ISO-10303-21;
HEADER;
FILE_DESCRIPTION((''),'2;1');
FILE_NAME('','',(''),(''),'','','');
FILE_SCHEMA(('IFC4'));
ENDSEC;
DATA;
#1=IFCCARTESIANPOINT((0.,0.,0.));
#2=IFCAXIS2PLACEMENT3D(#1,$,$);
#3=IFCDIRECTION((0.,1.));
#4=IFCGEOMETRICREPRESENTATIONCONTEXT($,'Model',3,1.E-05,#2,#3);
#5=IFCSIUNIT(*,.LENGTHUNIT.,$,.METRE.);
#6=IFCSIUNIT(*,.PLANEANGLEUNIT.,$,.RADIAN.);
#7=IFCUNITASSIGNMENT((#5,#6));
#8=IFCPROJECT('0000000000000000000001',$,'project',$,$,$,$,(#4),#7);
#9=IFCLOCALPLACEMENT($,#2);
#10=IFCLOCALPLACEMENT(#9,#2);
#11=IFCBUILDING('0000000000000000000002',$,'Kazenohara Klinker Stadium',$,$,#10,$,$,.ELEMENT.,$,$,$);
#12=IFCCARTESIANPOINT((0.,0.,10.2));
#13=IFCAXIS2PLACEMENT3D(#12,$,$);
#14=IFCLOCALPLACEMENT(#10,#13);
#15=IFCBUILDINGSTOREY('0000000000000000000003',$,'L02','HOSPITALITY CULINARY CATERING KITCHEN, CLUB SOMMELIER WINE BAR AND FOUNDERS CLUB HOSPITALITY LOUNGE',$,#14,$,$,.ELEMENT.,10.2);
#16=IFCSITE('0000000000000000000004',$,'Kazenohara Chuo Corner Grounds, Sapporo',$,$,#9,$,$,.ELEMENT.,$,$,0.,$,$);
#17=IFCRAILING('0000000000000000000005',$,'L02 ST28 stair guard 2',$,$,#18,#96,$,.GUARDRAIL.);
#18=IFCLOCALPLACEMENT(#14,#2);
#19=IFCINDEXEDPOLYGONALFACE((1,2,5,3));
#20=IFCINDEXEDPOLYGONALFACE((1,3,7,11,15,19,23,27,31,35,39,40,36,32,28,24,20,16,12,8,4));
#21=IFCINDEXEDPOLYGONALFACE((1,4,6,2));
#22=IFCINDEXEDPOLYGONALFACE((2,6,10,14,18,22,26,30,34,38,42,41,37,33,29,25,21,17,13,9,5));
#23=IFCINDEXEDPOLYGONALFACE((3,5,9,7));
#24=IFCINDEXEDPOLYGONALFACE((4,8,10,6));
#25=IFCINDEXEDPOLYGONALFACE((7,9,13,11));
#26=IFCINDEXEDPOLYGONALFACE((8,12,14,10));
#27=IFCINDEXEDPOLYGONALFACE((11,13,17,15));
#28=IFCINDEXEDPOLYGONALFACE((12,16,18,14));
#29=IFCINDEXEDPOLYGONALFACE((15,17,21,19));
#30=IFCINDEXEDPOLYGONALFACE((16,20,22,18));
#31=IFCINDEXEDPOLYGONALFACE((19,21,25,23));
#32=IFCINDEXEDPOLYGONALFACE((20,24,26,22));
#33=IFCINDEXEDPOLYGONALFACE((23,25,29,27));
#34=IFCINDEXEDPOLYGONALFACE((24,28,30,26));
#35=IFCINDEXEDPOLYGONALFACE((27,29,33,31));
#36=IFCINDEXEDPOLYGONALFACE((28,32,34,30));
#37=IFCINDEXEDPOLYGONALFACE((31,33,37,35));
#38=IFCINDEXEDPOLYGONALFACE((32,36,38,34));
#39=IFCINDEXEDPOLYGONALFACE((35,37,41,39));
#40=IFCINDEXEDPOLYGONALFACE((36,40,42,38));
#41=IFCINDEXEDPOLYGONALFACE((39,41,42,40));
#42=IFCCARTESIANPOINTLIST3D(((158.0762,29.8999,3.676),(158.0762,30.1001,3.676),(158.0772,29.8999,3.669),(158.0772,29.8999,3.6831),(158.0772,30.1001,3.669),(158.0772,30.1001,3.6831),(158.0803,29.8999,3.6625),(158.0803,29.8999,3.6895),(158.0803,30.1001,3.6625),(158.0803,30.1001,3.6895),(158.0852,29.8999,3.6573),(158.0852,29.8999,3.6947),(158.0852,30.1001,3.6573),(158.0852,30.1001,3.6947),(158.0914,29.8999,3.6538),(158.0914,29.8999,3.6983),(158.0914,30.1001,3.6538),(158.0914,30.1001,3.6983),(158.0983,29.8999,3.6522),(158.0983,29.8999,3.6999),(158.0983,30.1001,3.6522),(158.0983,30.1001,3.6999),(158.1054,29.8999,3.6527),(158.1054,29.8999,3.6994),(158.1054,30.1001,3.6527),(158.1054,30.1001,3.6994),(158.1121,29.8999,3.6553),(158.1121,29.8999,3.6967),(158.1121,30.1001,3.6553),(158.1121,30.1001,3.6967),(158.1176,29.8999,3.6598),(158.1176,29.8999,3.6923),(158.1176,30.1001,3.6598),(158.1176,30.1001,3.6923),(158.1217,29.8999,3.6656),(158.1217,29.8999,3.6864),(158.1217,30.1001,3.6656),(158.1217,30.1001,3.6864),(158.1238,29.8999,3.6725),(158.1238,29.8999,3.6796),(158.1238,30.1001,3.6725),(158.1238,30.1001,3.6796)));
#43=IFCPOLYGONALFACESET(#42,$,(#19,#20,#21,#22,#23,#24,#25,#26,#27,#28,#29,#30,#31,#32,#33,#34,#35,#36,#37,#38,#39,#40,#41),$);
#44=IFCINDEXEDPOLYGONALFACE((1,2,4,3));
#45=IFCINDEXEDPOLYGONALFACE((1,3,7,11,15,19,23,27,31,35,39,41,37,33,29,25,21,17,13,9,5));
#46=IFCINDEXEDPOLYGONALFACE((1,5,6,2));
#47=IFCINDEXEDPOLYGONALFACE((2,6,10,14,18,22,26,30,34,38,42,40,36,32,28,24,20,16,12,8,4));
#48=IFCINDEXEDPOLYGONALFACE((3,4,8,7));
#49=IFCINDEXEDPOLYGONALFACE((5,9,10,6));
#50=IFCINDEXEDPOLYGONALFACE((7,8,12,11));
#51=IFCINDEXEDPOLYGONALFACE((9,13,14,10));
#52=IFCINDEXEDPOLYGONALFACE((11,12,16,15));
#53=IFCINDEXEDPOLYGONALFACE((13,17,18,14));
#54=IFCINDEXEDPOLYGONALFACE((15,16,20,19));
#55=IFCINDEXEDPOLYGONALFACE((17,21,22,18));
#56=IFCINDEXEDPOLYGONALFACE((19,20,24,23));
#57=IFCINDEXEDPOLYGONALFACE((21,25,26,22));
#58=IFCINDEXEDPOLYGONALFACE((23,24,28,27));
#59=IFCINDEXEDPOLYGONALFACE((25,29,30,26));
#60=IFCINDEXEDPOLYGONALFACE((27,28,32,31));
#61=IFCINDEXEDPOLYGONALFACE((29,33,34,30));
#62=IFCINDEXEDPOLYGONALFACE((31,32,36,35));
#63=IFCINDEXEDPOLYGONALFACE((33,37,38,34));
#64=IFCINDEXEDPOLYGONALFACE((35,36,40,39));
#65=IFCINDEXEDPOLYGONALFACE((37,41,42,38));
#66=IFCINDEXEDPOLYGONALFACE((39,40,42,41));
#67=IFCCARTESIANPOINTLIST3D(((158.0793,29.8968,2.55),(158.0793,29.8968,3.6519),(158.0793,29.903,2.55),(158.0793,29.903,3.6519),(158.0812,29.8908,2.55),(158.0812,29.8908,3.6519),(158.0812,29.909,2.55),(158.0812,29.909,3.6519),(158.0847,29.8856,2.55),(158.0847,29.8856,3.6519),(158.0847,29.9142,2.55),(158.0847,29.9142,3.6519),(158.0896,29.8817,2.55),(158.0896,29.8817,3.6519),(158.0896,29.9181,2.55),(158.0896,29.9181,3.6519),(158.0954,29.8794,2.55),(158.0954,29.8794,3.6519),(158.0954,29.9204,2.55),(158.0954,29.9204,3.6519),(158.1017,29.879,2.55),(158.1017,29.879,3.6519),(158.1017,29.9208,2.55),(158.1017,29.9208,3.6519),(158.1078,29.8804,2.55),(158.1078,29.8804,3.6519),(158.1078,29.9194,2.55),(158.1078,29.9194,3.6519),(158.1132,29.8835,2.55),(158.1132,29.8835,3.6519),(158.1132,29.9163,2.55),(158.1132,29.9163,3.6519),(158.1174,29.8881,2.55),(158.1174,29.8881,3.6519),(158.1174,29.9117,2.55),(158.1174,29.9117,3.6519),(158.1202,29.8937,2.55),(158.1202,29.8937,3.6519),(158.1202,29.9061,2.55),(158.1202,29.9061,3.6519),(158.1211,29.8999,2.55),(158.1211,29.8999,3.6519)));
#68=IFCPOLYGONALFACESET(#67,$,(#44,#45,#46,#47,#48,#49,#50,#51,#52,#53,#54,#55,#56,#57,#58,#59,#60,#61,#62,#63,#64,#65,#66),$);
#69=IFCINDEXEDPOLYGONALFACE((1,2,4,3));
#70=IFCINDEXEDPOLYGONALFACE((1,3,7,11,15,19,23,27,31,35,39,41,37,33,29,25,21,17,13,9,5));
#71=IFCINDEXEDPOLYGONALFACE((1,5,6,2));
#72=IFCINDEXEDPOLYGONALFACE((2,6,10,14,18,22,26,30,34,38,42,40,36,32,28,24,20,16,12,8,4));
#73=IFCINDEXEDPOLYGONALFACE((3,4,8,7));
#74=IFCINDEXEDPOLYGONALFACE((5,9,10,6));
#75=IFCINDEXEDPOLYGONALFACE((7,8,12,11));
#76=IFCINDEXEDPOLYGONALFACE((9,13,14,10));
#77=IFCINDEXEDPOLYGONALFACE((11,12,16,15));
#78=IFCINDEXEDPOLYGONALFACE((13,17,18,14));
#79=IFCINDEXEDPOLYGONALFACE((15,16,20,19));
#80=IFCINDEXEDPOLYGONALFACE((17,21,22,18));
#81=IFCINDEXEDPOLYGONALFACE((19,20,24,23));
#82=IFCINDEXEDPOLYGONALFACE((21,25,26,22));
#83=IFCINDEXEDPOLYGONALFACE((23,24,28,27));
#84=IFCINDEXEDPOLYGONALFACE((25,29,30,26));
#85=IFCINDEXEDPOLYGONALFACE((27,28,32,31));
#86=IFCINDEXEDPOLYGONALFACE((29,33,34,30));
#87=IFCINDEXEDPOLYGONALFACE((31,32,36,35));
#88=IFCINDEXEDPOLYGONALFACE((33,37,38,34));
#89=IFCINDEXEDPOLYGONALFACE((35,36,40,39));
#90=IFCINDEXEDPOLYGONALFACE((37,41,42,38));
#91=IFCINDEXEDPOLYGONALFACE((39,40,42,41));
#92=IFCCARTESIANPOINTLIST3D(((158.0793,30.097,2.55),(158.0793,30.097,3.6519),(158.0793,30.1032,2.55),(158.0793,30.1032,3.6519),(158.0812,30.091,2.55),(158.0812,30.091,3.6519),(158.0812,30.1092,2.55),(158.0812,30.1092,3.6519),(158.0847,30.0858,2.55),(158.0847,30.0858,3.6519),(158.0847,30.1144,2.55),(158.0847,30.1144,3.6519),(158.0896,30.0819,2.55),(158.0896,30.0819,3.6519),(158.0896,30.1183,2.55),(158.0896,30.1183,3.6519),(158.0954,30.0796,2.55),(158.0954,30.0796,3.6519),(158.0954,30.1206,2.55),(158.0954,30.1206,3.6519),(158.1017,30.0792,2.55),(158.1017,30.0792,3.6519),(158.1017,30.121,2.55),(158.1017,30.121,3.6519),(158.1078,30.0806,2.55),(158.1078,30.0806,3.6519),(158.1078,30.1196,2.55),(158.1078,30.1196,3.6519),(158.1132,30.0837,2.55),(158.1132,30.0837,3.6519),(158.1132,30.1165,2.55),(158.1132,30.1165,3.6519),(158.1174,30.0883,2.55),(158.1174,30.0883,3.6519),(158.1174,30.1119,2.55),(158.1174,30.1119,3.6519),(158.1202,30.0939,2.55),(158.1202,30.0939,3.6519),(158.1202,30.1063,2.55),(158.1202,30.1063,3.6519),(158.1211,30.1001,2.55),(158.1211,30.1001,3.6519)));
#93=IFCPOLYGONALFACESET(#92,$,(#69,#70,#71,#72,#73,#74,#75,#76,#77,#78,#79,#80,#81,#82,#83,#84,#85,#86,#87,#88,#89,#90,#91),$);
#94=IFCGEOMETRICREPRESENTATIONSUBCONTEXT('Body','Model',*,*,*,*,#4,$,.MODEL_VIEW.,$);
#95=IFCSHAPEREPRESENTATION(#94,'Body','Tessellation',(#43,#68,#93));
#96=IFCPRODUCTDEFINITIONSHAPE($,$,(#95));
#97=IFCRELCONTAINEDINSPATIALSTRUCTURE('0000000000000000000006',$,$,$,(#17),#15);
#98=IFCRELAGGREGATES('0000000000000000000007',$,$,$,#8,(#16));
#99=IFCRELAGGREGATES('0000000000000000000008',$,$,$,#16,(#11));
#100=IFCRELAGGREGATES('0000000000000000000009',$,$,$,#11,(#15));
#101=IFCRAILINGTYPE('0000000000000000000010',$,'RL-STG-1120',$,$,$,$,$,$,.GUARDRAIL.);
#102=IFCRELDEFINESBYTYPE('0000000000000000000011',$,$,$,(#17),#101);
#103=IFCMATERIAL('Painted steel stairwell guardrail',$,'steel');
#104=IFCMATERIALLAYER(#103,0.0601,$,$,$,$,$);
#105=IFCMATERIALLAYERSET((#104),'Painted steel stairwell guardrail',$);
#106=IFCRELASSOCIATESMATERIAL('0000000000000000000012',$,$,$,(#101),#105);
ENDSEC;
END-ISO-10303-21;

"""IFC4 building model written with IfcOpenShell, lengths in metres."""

from ifc_helpers import new_model, si_unit, direction, frame, origin, origin_2d, place, context, subcontext, project, spatial, circle, extrude, material, layer, layer_set, type_object, element, save


model = new_model("IFC4")

# Units and contexts
model_context = context("Model", 3, precision=1e-05, world=origin(), true_north=direction((0.0, 1.0)))
body_context = subcontext(model_context, "Body", "Model", "MODEL_VIEW")
ifc_project = project(units=[si_unit("LENGTHUNIT", "METRE"), si_unit("PLANEANGLEUNIT", "RADIAN")], contexts=[model_context])

# Site, building, storey
site_placement = place(None, origin())
site = spatial("IfcSite", under=ifc_project, at=site_placement, Name="Kazenohara Chuo Corner Grounds, Sapporo", CompositionType="ELEMENT", RefElevation=0.0)
building_placement = place(site_placement, origin())
building = spatial("IfcBuilding", under=site, at=building_placement, Name="Kazenohara Klinker Stadium", CompositionType="ELEMENT")
storey_placement = place(building_placement, frame((0.0, 0.0, 10.2)))
storey = spatial("IfcBuildingStorey", under=building, at=storey_placement, Name="L02", Description="HOSPITALITY CULINARY CATERING KITCHEN, CLUB SOMMELIER WINE BAR AND FOUNDERS CLUB HOSPITALITY LOUNGE", CompositionType="ELEMENT", Elevation=10.2)

# Railing
ifc_material_1 = material(Name="Painted steel stairwell guardrail", Category="steel")
ifc_layer_1 = layer(ifc_material_1, 0.0601)
ifc_layer_set_1 = layer_set([ifc_layer_1], Name="Painted steel stairwell guardrail")
railing_type_1 = type_object("IfcRailingType", Name="RL-STG-1120", PredefinedType="GUARDRAIL", material=ifc_layer_set_1)
railing_1_placement = place(storey_placement, frame((158.1001, 29.8999, 2.55)))
element("IfcRailing", 1, at=railing_1_placement, inside=storey, type_object=railing_type_1, Name="L02 ST28 stair guard 2", PredefinedType="GUARDRAIL", context=body_context, shape_type="SweptSolid", body=[
    extrude(circle(Radius=0.0239, at=origin_2d()), frame((0.0, 0.0, 1.126), z_axis=(0.0, 1.0, 0.0), x_axis=(-1.0, 0.0, 0.0)), (0.0, 0.0, 1.0), 0.2002),
    extrude(circle(Radius=0.021, at=origin_2d()), origin(), (0.0, 0.0, 1.0), 1.1018),
    extrude(circle(Radius=0.021, at=origin_2d()), frame((0.0, 0.2002, 0.0)), (0.0, 0.0, 1.0), 1.1018),
])

save(model, "model.ifc")
